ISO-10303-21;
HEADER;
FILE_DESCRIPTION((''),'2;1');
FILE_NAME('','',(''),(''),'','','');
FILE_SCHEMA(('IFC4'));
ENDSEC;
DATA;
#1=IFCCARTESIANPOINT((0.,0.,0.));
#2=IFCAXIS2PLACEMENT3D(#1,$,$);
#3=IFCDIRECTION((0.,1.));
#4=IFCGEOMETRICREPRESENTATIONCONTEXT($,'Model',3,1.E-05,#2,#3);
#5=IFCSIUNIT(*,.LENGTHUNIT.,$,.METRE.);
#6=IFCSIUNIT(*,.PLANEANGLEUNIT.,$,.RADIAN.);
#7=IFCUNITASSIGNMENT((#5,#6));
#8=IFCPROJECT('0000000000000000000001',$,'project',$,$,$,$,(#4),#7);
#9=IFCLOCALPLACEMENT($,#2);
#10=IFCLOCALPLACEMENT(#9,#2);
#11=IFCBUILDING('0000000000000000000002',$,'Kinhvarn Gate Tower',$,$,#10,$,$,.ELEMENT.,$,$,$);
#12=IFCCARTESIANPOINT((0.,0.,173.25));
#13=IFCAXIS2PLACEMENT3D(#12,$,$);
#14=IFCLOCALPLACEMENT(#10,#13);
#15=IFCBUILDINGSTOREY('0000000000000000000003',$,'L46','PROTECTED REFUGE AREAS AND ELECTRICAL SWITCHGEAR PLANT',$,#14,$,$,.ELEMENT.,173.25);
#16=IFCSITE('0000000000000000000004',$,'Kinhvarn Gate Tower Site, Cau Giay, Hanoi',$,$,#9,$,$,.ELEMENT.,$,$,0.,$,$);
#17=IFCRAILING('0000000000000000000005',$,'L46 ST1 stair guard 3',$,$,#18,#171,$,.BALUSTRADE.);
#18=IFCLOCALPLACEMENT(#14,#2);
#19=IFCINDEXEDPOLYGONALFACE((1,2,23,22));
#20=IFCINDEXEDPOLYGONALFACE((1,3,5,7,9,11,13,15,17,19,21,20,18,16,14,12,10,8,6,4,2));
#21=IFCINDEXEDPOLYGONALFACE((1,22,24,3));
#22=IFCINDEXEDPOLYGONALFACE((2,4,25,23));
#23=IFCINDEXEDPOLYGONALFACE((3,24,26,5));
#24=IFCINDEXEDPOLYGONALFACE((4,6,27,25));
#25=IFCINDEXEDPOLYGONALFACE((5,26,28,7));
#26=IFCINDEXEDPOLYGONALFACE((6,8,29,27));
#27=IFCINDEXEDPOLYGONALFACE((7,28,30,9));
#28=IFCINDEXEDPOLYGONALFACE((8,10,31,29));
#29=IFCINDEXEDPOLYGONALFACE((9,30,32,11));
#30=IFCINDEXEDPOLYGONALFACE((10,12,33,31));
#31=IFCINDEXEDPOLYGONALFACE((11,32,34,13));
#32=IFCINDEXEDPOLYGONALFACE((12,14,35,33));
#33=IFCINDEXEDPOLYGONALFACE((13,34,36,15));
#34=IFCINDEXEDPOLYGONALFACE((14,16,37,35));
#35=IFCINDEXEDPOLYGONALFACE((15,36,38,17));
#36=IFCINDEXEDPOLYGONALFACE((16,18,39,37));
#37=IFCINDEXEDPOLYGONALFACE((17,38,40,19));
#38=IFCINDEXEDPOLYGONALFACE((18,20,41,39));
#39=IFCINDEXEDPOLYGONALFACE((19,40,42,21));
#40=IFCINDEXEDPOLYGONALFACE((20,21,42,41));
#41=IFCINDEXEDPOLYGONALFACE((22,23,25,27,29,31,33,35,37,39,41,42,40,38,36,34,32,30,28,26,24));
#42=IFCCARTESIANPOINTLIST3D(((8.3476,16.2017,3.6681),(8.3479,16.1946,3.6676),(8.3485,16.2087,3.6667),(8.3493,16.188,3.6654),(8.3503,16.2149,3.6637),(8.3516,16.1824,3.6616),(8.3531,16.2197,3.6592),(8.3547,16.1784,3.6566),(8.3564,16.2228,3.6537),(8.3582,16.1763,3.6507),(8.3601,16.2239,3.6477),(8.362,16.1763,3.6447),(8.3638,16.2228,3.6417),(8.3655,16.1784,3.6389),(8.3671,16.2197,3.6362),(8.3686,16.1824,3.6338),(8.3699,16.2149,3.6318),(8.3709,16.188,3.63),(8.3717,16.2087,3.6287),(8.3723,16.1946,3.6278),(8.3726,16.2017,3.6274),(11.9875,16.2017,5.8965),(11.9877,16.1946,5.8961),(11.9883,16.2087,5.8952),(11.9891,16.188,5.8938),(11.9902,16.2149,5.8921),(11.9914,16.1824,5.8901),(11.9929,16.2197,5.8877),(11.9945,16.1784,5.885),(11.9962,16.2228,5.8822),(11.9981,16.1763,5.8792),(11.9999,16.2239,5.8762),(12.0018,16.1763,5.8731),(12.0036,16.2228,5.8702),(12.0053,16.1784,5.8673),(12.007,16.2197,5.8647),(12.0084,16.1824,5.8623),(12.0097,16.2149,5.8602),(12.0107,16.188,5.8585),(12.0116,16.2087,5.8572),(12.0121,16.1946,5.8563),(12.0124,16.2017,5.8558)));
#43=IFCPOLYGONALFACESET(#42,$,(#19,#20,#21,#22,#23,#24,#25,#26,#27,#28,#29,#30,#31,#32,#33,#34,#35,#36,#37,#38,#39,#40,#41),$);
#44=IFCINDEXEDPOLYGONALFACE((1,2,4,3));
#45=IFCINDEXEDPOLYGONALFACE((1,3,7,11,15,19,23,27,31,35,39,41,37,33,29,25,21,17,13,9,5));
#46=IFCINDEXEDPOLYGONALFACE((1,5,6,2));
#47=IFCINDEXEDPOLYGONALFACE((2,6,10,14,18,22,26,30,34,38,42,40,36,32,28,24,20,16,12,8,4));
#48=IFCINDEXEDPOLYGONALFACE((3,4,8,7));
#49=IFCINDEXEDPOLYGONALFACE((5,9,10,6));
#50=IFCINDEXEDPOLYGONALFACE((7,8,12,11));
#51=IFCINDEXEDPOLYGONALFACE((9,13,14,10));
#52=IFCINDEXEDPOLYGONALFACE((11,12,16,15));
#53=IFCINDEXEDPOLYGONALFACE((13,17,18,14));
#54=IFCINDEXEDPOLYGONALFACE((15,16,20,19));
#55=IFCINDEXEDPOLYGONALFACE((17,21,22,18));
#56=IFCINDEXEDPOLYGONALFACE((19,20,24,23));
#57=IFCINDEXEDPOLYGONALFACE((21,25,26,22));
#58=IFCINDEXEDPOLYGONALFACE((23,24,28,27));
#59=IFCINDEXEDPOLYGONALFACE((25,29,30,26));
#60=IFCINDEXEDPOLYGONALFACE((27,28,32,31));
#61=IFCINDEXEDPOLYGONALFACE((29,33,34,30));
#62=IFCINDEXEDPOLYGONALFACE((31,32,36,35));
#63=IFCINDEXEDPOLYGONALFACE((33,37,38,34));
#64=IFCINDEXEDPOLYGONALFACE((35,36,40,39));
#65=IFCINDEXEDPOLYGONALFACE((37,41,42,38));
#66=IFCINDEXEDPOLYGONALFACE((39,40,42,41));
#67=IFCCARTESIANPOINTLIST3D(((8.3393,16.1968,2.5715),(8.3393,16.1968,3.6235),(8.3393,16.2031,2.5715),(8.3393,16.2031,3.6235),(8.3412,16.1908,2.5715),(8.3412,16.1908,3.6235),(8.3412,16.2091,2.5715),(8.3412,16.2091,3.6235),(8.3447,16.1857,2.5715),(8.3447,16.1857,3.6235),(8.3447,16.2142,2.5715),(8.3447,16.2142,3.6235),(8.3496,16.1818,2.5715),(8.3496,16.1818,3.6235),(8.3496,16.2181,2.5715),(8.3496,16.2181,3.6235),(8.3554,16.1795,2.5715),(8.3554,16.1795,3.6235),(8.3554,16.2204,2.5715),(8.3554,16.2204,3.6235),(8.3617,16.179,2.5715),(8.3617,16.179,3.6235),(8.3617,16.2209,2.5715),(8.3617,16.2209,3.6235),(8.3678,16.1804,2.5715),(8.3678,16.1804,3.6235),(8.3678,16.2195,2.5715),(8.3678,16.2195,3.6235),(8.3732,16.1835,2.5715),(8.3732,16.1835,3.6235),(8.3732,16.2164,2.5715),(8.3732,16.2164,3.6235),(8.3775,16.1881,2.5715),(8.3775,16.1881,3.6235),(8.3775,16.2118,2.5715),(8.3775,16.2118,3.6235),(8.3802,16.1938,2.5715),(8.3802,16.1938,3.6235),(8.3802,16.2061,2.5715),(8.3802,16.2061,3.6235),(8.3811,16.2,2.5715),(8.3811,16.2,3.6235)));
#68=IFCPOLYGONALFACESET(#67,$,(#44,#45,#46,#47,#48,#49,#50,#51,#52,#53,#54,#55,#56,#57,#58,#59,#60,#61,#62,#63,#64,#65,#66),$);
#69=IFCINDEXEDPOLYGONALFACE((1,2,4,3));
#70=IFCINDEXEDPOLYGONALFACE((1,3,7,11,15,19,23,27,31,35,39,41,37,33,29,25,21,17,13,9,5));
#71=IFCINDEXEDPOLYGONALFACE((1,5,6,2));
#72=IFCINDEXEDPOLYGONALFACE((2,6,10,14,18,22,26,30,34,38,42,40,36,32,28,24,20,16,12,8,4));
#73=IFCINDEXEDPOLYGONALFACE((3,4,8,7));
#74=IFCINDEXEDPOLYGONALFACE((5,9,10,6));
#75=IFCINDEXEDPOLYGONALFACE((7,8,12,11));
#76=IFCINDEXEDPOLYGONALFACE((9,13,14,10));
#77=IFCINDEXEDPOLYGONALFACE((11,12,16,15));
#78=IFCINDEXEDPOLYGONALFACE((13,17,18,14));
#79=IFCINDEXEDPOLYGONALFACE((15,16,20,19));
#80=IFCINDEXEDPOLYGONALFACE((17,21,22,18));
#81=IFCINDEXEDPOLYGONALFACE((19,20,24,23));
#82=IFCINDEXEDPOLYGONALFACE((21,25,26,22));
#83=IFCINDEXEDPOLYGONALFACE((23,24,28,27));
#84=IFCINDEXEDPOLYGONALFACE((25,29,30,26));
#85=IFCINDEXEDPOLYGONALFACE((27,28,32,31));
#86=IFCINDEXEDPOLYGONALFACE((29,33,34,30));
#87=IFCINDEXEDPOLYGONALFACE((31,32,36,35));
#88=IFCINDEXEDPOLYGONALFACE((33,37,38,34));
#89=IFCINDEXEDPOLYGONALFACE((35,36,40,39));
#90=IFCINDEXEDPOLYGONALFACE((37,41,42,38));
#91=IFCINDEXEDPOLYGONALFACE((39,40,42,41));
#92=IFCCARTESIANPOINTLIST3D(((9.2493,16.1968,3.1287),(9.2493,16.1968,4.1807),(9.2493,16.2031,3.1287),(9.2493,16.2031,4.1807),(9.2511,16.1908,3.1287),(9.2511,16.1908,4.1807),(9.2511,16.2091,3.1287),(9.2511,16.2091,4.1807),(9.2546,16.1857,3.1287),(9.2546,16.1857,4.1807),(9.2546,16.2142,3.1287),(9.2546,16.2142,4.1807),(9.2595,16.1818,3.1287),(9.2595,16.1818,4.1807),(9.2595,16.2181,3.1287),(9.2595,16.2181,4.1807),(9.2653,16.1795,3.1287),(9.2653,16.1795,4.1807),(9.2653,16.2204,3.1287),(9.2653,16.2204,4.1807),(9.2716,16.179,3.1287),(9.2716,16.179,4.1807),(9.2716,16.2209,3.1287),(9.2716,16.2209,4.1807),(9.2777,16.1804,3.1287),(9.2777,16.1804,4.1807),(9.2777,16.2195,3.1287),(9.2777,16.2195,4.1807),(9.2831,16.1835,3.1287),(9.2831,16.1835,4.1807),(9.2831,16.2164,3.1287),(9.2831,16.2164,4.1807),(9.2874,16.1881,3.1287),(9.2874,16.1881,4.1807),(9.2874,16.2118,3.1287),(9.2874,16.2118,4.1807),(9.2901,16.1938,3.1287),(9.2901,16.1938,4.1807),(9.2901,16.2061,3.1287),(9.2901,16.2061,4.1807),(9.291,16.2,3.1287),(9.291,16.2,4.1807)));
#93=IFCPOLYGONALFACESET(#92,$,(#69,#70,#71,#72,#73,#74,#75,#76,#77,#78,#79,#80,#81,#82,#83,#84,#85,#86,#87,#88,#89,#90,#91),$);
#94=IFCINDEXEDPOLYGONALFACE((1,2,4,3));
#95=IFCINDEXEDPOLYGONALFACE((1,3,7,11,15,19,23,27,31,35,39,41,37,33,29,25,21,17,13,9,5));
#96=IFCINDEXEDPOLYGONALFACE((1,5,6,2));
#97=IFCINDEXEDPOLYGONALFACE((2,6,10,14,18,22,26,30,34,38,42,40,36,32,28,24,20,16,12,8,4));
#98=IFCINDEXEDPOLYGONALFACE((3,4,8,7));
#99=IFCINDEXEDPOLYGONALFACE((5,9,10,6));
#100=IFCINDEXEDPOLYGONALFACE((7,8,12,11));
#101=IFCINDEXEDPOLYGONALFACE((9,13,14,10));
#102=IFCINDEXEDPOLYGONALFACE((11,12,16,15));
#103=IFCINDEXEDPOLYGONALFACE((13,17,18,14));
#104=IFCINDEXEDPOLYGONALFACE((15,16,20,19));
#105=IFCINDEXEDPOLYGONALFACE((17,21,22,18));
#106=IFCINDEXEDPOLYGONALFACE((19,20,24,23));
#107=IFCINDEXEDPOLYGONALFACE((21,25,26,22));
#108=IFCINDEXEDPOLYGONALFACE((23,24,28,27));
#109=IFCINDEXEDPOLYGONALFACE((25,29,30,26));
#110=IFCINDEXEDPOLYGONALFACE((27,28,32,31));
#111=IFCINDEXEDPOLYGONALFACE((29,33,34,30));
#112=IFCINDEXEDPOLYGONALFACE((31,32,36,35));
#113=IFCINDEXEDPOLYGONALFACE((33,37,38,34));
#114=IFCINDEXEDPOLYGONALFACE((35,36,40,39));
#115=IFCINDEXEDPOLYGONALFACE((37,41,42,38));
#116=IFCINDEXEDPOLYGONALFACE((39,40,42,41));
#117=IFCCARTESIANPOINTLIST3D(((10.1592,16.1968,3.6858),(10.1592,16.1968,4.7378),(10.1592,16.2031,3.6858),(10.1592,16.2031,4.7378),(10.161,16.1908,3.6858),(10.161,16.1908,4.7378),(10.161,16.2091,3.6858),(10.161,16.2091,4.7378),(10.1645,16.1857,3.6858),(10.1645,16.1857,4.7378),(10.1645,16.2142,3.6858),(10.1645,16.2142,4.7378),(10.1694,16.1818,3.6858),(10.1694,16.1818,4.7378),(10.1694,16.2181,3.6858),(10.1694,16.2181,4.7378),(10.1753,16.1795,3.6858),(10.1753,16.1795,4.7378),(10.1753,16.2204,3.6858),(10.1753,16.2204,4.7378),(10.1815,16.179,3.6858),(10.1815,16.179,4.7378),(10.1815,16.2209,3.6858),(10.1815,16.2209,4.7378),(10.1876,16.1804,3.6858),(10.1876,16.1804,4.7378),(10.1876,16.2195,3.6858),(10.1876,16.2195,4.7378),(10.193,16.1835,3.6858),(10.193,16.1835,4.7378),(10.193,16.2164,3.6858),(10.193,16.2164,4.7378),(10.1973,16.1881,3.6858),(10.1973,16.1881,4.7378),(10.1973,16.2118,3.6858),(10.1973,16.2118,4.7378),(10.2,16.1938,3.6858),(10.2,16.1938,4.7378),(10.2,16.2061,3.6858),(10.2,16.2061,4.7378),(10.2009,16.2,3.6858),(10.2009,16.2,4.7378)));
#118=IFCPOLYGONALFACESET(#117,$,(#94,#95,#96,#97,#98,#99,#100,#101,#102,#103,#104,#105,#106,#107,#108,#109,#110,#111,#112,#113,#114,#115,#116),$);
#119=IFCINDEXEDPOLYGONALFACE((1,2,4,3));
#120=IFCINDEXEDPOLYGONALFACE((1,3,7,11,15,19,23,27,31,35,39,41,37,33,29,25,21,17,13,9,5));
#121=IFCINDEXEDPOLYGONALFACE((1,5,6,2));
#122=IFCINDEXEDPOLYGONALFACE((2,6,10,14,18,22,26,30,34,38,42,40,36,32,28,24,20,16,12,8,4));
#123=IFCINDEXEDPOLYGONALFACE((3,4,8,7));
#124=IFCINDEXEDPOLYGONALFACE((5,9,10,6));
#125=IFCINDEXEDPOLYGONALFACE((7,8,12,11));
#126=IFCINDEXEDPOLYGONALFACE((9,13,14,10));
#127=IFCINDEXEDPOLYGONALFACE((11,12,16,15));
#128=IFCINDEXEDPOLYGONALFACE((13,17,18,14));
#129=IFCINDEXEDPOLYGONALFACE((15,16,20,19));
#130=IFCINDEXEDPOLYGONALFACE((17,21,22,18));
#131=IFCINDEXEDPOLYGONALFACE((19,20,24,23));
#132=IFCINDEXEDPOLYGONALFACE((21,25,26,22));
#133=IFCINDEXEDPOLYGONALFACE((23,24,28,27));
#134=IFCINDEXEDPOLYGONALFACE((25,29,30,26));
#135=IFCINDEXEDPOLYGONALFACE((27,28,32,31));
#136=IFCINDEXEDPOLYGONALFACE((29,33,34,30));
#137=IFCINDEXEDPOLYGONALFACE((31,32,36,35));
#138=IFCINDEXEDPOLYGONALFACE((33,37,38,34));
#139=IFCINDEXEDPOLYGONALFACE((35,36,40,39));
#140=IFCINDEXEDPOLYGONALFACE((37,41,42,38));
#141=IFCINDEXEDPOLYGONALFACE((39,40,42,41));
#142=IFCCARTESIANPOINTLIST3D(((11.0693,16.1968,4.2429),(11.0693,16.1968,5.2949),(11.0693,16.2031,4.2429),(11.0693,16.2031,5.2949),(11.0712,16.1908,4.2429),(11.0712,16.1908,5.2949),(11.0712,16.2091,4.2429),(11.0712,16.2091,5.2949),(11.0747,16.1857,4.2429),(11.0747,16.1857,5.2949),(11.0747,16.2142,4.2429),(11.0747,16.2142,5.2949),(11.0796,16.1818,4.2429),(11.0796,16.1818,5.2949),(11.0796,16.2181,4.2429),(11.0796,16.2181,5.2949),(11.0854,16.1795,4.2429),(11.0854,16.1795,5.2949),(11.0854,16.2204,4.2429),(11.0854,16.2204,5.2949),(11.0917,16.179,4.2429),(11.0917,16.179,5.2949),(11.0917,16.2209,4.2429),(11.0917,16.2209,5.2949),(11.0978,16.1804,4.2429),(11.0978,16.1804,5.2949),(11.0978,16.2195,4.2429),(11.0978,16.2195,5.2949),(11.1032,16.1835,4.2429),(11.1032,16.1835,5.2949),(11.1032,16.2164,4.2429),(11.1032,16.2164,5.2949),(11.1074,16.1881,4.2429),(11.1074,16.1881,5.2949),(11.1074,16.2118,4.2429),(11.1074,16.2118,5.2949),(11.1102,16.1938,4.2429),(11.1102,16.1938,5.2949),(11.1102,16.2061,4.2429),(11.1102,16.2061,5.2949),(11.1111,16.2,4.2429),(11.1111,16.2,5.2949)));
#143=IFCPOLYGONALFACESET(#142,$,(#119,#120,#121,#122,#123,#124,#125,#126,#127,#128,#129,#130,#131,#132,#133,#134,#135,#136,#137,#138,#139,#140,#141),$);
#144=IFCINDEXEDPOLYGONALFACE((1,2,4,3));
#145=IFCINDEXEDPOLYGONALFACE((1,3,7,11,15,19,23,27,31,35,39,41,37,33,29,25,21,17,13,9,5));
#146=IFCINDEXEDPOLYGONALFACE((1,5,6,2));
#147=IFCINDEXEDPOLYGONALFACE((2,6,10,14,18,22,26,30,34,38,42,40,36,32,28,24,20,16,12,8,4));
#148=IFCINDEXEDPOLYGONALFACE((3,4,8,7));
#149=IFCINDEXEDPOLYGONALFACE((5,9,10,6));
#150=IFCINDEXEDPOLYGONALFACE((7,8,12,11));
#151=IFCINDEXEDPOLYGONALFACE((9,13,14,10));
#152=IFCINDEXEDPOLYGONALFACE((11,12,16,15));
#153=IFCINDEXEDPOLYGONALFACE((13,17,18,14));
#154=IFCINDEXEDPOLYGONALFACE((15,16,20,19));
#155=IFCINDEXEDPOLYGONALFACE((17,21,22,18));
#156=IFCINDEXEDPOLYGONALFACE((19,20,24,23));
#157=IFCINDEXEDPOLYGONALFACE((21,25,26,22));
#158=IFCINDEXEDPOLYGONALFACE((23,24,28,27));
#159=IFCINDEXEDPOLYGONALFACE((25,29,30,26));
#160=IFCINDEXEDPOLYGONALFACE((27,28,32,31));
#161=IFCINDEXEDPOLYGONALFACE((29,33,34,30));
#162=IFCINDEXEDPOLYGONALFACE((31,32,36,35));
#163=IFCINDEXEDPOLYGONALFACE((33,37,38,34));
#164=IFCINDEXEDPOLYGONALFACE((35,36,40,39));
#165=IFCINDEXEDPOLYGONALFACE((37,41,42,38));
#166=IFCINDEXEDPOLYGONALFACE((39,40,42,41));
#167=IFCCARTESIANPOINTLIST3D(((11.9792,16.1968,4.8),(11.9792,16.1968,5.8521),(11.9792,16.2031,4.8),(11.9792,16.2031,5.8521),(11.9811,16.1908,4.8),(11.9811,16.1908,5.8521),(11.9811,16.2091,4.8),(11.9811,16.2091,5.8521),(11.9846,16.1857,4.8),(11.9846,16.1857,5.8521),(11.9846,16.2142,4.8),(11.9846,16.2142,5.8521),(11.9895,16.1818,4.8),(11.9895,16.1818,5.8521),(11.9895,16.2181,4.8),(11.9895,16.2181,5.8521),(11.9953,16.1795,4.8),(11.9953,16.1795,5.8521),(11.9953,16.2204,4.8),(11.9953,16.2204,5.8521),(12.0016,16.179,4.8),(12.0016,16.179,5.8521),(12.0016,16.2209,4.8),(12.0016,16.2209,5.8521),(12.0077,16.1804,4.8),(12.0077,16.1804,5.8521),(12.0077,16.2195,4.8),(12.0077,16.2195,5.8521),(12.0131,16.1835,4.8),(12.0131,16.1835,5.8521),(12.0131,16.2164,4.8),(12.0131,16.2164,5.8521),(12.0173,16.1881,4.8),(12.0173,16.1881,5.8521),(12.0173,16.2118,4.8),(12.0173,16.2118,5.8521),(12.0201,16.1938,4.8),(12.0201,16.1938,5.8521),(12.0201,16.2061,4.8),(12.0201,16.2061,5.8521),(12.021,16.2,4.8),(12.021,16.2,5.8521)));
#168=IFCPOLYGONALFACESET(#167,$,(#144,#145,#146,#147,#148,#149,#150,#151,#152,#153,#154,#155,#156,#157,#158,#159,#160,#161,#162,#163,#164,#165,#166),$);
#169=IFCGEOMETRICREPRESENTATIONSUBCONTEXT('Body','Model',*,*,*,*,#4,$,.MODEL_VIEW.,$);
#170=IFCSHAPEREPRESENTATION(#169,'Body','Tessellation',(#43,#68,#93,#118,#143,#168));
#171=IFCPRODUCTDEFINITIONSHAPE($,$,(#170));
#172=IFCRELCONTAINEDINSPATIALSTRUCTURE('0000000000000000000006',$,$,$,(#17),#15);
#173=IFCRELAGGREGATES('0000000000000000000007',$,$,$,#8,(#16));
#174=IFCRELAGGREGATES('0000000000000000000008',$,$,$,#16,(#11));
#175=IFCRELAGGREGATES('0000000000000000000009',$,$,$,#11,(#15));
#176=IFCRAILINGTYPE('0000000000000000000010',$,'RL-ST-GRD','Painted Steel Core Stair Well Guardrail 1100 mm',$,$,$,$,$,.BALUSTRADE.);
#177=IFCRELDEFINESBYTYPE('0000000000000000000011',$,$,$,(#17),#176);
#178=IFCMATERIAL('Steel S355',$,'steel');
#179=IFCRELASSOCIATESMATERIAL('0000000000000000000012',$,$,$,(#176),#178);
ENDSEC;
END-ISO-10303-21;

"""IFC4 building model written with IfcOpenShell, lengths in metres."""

from ifc_helpers import new_model, si_unit, direction, frame, origin, origin_2d, place, context, subcontext, project, spatial, circle, extrude, material, type_object, element, save


model = new_model("IFC4")

# Units and contexts
model_context = context("Model", 3, precision=1e-05, world=origin(), true_north=direction((0.0, 1.0)))
body_context = subcontext(model_context, "Body", "Model", "MODEL_VIEW")
ifc_project = project(units=[si_unit("LENGTHUNIT", "METRE"), si_unit("PLANEANGLEUNIT", "RADIAN")], contexts=[model_context])

# Site, building, storey
site_placement = place(None, origin())
site = spatial("IfcSite", under=ifc_project, at=site_placement, Name="Kinhvarn Gate Tower Site, Cau Giay, Hanoi", CompositionType="ELEMENT", RefElevation=0.0)
building_placement = place(site_placement, origin())
building = spatial("IfcBuilding", under=site, at=building_placement, Name="Kinhvarn Gate Tower", CompositionType="ELEMENT")
storey_placement = place(building_placement, frame((0.0, 0.0, 173.25)))
storey = spatial("IfcBuildingStorey", under=building, at=storey_placement, Name="L46", Description="PROTECTED REFUGE AREAS AND ELECTRICAL SWITCHGEAR PLANT", CompositionType="ELEMENT", Elevation=173.25)

# Shared definitions
ifc_material_1 = material(Name="Steel S355", Category="steel")

# Railing
railing_type_1 = type_object("IfcRailingType", Name="RL-ST-GRD", Description="Painted Steel Core Stair Well Guardrail 1100 mm", PredefinedType="BALUSTRADE", material=ifc_material_1)
railing_1_placement = place(storey_placement, frame((8.3601, 16.2, 2.5715)))
element("IfcRailing", 1, at=railing_1_placement, inside=storey, type_object=railing_type_1, Name="L46 ST1 stair guard 3", PredefinedType="BALUSTRADE", context=body_context, shape_type="SweptSolid", body=[
    extrude(circle(Radius=0.0239, at=origin_2d()), frame((0.0, 0.0, 1.0762), z_axis=(0.85285, 0.0, 0.522156), x_axis=(0.0, 1.0, 0.0)), (0.0, 0.0, 1.0), 4.2678),
    extrude(circle(Radius=0.021, at=origin_2d()), origin(), (0.0, 0.0, 1.0), 1.052),
    extrude(circle(Radius=0.021, at=origin_2d()), frame((0.9099, 0.0, 0.5571)), (0.0, 0.0, 1.0), 1.052),
    extrude(circle(Radius=0.021, at=origin_2d()), frame((1.8198, 0.0, 1.1143)), (0.0, 0.0, 1.0), 1.052),
    extrude(circle(Radius=0.021, at=origin_2d()), frame((2.73, 0.0, 1.6714)), (0.0, 0.0, 1.0), 1.052),
    extrude(circle(Radius=0.021, at=origin_2d()), frame((3.6399, 0.0, 2.2285)), (0.0, 0.0, 1.0), 1.052),
])

save(model, "model.ifc")
